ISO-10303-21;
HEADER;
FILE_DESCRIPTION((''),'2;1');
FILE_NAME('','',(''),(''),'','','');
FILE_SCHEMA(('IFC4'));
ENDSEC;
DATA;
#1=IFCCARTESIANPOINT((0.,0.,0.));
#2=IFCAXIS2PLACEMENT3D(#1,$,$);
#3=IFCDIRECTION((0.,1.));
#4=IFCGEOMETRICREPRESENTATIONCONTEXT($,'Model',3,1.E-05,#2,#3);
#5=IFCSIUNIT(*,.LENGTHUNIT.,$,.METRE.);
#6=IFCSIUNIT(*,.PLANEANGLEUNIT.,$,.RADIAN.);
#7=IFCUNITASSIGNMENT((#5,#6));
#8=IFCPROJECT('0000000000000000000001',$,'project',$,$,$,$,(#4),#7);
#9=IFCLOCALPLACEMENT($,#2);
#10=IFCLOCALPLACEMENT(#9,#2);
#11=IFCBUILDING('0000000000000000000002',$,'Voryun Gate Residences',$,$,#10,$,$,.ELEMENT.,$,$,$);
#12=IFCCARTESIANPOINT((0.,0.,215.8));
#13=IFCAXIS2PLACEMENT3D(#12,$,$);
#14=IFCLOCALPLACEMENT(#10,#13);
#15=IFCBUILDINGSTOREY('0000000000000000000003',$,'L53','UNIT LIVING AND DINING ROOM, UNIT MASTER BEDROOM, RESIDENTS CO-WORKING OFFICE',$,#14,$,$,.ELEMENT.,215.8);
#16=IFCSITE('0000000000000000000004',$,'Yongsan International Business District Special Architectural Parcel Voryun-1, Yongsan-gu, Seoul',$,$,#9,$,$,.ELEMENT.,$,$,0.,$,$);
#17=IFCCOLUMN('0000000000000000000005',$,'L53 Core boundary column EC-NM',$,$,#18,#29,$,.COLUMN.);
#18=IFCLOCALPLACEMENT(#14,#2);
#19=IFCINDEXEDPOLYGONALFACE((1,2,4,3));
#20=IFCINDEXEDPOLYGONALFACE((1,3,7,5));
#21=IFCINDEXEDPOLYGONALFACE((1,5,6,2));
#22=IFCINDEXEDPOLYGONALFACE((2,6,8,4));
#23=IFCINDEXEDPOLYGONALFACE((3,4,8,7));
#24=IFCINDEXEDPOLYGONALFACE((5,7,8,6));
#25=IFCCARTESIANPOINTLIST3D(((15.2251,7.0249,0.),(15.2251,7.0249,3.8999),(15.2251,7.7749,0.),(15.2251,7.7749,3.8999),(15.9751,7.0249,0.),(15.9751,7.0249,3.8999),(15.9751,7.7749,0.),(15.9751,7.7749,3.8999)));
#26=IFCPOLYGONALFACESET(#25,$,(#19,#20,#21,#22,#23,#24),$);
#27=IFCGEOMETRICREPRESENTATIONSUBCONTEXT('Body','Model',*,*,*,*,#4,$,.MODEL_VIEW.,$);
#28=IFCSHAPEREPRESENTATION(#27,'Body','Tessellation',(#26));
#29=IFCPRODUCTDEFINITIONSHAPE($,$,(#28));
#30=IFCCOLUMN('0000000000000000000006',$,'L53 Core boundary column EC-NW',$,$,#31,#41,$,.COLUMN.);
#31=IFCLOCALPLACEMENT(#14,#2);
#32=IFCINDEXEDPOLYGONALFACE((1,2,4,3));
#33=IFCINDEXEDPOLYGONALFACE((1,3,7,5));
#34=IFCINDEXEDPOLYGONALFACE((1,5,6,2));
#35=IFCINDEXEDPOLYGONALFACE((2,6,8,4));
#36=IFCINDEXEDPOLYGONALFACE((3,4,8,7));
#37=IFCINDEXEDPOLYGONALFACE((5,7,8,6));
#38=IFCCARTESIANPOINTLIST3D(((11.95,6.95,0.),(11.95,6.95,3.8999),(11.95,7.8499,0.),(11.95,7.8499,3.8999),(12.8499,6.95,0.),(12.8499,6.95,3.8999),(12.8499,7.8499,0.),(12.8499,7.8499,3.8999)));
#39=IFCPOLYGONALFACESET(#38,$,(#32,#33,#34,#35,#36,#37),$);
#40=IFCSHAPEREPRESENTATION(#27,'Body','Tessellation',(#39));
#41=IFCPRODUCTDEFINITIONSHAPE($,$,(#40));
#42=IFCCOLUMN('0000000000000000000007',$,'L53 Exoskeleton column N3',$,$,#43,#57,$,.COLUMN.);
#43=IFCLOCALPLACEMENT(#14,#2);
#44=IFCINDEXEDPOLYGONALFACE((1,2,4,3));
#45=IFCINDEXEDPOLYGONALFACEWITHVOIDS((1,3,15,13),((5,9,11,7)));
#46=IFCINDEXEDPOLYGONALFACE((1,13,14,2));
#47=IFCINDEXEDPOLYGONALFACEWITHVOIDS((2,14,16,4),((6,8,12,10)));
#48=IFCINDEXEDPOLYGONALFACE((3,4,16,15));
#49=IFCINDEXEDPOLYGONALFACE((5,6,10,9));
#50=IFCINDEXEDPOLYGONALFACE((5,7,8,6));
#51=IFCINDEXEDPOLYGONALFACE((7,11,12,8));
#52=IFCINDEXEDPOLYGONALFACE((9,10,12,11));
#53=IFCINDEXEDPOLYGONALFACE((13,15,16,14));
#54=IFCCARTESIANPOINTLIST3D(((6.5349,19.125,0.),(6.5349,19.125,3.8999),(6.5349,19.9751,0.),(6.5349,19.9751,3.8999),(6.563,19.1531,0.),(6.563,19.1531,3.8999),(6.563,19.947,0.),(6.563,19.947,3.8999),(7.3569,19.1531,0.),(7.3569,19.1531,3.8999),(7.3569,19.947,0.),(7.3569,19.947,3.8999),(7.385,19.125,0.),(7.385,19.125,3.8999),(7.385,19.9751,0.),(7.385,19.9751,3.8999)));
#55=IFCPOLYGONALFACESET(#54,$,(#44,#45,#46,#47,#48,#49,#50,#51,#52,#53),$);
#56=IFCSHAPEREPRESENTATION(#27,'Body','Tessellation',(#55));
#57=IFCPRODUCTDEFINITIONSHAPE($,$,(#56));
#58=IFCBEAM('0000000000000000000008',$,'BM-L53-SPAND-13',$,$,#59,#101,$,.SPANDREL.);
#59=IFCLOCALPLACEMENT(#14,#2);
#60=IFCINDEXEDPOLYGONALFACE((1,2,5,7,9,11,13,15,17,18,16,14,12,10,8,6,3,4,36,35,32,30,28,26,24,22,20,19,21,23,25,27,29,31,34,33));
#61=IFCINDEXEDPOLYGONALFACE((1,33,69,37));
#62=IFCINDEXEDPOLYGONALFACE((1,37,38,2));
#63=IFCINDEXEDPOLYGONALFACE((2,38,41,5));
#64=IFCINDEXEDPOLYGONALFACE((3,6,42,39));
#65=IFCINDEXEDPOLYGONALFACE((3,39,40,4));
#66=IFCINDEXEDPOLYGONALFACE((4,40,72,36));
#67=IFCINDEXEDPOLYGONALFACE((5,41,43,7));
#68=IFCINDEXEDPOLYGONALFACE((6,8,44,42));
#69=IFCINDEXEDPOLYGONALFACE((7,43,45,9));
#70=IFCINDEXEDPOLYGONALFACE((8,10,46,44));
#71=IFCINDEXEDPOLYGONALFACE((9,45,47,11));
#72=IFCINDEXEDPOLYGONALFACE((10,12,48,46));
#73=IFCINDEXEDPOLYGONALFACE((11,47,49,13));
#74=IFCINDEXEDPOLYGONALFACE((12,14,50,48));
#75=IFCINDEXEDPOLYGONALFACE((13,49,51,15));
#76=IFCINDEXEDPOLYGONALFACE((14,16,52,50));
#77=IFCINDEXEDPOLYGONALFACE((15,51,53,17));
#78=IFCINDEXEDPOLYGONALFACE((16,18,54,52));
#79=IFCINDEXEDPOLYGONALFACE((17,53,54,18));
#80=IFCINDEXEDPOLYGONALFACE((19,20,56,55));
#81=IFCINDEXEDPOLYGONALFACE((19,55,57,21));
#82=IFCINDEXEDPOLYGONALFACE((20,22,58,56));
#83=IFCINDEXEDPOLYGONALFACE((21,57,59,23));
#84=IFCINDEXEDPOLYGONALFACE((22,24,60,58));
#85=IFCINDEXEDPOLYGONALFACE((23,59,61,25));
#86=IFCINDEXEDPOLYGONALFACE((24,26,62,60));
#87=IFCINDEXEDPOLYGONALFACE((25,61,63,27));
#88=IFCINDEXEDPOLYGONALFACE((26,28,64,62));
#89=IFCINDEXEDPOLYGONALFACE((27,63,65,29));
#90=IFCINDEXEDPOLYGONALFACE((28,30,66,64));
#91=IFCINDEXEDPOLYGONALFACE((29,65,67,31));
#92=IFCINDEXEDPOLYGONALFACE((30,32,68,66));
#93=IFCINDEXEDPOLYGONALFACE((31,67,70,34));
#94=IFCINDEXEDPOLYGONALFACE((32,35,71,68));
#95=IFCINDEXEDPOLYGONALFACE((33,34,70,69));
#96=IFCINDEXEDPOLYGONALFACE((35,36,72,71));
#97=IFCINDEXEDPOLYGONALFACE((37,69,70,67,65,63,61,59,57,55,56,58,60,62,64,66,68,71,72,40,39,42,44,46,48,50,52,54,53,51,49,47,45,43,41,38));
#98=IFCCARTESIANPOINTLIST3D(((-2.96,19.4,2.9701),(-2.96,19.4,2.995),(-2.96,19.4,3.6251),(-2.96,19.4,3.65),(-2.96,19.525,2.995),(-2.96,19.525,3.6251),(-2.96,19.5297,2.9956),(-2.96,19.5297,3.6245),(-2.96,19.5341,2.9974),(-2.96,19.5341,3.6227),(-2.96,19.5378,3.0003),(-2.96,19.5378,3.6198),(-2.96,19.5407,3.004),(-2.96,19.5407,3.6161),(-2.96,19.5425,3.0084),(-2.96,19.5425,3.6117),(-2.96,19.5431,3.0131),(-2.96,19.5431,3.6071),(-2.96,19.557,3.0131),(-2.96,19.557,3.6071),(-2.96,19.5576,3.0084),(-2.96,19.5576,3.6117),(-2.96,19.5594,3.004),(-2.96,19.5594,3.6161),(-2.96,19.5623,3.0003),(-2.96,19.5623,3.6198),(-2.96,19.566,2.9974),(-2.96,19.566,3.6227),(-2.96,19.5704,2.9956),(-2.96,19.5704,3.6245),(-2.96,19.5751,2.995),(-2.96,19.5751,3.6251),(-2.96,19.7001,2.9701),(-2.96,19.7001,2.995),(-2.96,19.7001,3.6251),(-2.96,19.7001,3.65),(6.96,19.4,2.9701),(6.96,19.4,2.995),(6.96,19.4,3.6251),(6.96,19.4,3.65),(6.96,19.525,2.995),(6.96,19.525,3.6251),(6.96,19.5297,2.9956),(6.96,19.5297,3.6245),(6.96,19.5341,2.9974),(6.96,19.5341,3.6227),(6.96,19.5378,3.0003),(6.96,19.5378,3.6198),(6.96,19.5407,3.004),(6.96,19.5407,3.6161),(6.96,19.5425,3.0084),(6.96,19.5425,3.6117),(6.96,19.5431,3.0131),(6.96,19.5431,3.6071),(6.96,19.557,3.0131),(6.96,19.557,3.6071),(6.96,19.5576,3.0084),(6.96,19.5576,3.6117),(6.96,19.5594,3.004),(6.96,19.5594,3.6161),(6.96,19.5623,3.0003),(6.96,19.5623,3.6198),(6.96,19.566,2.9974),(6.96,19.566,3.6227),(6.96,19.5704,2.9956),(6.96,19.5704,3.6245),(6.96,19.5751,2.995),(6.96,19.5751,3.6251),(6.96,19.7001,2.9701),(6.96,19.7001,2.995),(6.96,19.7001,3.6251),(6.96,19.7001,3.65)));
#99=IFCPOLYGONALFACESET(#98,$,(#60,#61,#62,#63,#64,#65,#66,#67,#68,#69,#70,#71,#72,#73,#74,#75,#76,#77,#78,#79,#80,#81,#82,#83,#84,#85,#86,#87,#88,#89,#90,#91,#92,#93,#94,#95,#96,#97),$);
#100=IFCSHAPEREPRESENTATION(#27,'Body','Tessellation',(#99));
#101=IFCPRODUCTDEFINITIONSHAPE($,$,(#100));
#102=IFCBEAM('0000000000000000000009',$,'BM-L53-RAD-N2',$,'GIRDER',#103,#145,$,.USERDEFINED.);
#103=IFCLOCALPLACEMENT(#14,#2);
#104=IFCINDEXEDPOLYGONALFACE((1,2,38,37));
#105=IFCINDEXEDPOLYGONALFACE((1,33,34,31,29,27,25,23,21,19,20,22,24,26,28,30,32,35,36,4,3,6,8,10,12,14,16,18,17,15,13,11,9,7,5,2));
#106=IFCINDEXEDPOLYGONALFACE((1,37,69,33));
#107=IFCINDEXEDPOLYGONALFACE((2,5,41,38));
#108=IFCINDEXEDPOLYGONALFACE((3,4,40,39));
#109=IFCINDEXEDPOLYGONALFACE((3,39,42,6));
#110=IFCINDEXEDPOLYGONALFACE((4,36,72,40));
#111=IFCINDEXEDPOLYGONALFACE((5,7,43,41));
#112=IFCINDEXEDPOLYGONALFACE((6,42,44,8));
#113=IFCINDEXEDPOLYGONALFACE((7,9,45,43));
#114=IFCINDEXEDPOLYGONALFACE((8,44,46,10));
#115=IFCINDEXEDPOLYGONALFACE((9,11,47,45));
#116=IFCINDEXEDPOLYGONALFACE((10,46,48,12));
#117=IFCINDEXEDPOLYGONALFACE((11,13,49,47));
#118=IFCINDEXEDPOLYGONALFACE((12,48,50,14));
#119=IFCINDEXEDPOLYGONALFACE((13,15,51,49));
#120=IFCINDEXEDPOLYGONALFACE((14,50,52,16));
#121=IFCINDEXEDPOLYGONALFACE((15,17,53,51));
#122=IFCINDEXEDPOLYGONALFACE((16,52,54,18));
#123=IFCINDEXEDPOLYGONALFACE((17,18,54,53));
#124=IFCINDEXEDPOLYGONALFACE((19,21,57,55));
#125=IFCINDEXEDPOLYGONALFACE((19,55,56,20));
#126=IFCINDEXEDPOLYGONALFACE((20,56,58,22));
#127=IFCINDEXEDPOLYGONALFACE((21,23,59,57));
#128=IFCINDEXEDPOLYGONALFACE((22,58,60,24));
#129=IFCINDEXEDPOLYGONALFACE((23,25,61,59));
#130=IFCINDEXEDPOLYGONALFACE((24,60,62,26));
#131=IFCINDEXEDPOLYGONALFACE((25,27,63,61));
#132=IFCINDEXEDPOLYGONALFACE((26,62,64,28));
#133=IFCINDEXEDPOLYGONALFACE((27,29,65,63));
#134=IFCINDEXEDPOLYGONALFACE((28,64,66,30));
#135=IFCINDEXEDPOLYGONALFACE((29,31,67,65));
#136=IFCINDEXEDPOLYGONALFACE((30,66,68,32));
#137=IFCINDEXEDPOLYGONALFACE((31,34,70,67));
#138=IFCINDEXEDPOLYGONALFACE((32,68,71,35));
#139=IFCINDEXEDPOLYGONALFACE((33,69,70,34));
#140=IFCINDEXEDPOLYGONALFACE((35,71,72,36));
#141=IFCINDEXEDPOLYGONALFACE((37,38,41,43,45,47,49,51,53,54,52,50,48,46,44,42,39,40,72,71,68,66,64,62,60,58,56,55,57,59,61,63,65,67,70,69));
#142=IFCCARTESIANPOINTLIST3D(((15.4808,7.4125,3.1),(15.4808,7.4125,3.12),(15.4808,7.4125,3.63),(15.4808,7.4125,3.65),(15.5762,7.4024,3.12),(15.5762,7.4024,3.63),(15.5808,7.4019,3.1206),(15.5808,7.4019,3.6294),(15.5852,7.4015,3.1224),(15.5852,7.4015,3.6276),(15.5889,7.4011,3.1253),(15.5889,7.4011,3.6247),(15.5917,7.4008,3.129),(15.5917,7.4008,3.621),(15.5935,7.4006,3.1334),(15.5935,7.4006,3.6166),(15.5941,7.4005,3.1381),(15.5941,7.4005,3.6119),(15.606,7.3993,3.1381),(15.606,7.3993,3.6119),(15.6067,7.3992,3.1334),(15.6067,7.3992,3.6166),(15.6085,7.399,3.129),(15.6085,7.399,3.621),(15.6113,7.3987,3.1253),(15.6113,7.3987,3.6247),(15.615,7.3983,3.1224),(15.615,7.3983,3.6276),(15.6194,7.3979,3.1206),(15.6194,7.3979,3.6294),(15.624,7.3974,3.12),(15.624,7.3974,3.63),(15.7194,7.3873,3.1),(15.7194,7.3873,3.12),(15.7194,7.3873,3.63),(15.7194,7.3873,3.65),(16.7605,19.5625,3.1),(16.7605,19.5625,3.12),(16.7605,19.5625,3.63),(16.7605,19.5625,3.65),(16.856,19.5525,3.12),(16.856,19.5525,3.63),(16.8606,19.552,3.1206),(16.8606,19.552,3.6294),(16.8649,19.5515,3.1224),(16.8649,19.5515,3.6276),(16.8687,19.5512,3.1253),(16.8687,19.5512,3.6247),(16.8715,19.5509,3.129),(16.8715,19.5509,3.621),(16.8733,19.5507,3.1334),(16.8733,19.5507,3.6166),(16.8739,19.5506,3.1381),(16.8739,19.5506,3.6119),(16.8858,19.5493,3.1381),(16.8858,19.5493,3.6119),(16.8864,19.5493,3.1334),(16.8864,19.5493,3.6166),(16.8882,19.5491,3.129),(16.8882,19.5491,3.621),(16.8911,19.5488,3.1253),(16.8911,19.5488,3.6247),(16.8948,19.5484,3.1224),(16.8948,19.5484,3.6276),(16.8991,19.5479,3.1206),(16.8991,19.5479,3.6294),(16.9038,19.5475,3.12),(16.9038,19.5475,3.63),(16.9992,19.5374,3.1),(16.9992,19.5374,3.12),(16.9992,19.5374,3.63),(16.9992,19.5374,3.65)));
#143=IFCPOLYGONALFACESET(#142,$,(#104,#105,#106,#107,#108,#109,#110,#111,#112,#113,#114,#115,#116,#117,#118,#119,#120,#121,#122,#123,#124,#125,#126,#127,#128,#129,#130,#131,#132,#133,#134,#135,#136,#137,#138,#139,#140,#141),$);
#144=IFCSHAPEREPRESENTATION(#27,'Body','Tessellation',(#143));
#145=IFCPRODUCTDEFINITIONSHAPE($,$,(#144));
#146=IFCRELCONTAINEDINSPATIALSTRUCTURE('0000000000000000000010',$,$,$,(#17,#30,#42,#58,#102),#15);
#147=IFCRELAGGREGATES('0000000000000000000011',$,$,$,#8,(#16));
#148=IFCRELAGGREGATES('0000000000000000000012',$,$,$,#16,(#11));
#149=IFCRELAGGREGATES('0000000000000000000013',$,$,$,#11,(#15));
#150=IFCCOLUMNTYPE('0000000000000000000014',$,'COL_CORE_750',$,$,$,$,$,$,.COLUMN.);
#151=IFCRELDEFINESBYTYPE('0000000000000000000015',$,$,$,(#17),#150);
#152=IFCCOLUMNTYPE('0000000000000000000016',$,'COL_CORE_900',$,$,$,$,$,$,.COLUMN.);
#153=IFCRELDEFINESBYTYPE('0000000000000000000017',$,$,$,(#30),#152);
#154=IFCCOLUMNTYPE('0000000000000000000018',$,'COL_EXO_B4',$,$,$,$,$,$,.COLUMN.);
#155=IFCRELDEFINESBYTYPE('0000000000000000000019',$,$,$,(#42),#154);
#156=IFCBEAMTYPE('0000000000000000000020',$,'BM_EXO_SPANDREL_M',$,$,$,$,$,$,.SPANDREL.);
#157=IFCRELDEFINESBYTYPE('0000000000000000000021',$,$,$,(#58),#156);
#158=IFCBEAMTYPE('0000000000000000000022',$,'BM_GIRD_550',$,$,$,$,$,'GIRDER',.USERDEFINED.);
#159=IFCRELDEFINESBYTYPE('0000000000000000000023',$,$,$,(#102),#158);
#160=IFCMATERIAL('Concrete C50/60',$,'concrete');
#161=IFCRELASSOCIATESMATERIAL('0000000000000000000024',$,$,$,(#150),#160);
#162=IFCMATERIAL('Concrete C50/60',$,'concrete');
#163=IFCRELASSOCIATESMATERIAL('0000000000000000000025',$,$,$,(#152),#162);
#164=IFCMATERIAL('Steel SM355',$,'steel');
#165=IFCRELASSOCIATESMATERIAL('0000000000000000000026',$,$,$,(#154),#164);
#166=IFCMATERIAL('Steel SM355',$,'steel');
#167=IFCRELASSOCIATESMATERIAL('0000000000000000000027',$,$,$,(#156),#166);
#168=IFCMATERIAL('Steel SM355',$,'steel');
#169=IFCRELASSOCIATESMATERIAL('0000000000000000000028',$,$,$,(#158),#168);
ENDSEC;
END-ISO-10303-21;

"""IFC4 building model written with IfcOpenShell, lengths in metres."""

from ifc_helpers import new_model, si_unit, direction, frame, origin, origin_2d, place, context, subcontext, project, spatial, rectangle, hollow_rectangle, i_section, extrude, material, material_profile, profile_set, type_object, element, save


model = new_model("IFC4")

# Units and contexts
model_context = context("Model", 3, precision=1e-05, world=origin(), true_north=direction((0.0, 1.0)))
body_context = subcontext(model_context, "Body", "Model", "MODEL_VIEW")
ifc_project = project(units=[si_unit("LENGTHUNIT", "METRE"), si_unit("PLANEANGLEUNIT", "RADIAN")], contexts=[model_context])

# Site, building, storey
site_placement = place(None, origin())
site = spatial("IfcSite", under=ifc_project, at=site_placement, Name="Yongsan International Business District Special Architectural Parcel Voryun-1, Yongsan-gu, Seoul", CompositionType="ELEMENT", RefElevation=0.0)
building_placement = place(site_placement, origin())
building = spatial("IfcBuilding", under=site, at=building_placement, Name="Voryun Gate Residences", CompositionType="ELEMENT")
storey_placement = place(building_placement, frame((0.0, 0.0, 215.8)))
storey = spatial("IfcBuildingStorey", under=building, at=storey_placement, Name="L53", Description="UNIT LIVING AND DINING ROOM, UNIT MASTER BEDROOM, RESIDENTS CO-WORKING OFFICE", CompositionType="ELEMENT", Elevation=215.8)

# Columns
ifc_material_1 = material(Name="Concrete C50/60", Category="concrete")
ifc_material_profile_1 = material_profile(ifc_material_1, rectangle(XDim=0.75, YDim=0.75, at=origin_2d()), Name="RC-750x750")
ifc_profile_set_1 = profile_set([ifc_material_profile_1], Name="Concrete C50/60")
column_type_1 = type_object("IfcColumnType", Name="COL_CORE_750", PredefinedType="COLUMN", material=ifc_profile_set_1)
column_1_placement = place(storey_placement, frame((15.6001, 7.3999, 0.0), z_axis=(0.0, 0.0, 1.0), x_axis=(1.0, 0.0, 0.0)))
element("IfcColumn", 1, at=column_1_placement, inside=storey, type_object=column_type_1, Name="L53 Core boundary column EC-NM", PredefinedType="COLUMN", context=body_context, shape_type="SweptSolid", body=[
    extrude(rectangle(XDim=0.75, YDim=0.75, at=origin_2d()), origin(), (0.0, 0.0, 1.0), 3.8999),
])
ifc_material_2 = material(Name="Concrete C50/60", Category="concrete")
ifc_material_profile_2 = material_profile(ifc_material_2, rectangle(XDim=0.8999, YDim=0.8999, at=origin_2d()), Name="RC-900x900")
ifc_profile_set_2 = profile_set([ifc_material_profile_2], Name="Concrete C50/60")
column_type_2 = type_object("IfcColumnType", Name="COL_CORE_900", PredefinedType="COLUMN", material=ifc_profile_set_2)
column_2_placement = place(storey_placement, frame((12.3999, 7.3999, 0.0), z_axis=(0.0, 0.0, 1.0), x_axis=(1.0, 0.0, 0.0)))
element("IfcColumn", 2, at=column_2_placement, inside=storey, type_object=column_type_2, Name="L53 Core boundary column EC-NW", PredefinedType="COLUMN", context=body_context, shape_type="SweptSolid", body=[
    extrude(rectangle(XDim=0.8999, YDim=0.8999, at=origin_2d()), origin(), (0.0, 0.0, 1.0), 3.8999),
])
ifc_material_3 = material(Name="Steel SM355", Category="steel")
ifc_material_profile_3 = material_profile(ifc_material_3, hollow_rectangle(XDim=0.8501, YDim=0.8501, WallThickness=0.0281, at=origin_2d()), Name="BOX-850x850x28")
ifc_profile_set_3 = profile_set([ifc_material_profile_3], Name="Steel SM355")
column_type_3 = type_object("IfcColumnType", Name="COL_EXO_B4", PredefinedType="COLUMN", material=ifc_profile_set_3)
column_3_placement = place(storey_placement, frame((6.96, 19.55, 0.0), z_axis=(0.0, 0.0, 1.0), x_axis=(1.0, 0.0, 0.0)))
element("IfcColumn", 3, at=column_3_placement, inside=storey, type_object=column_type_3, Name="L53 Exoskeleton column N3", PredefinedType="COLUMN", context=body_context, shape_type="SweptSolid", body=[
    extrude(hollow_rectangle(XDim=0.8501, YDim=0.8501, WallThickness=0.0281, at=origin_2d()), origin(), (0.0, 0.0, 1.0), 3.8999),
])

# Beams
ifc_material_4 = material(Name="Steel SM355", Category="steel")
ifc_material_profile_4 = material_profile(ifc_material_4, i_section(OverallWidth=0.3, OverallDepth=0.6799, WebThickness=0.0139, FlangeThickness=0.0249, FilletRadius=0.0181, at=origin_2d()), Name="H-680x300x14x25")
ifc_profile_set_4 = profile_set([ifc_material_profile_4], Name="Steel SM355")
beam_type_1 = type_object("IfcBeamType", Name="BM_EXO_SPANDREL_M", PredefinedType="SPANDREL", material=ifc_profile_set_4)
beam_1_placement = place(storey_placement, frame((6.96, 19.55, 3.3101), z_axis=(-1.0, 0.0, 0.0), x_axis=(0.0, -1.0, 0.0)))
element("IfcBeam", 4, at=beam_1_placement, inside=storey, type_object=beam_type_1, Name="BM-L53-SPAND-13", PredefinedType="SPANDREL", context=body_context, shape_type="SweptSolid", body=[
    extrude(i_section(OverallWidth=0.3, OverallDepth=0.6799, WebThickness=0.0139, FlangeThickness=0.0249, FilletRadius=0.0181, at=origin_2d()), origin(), (0.0, 0.0, 1.0), 9.9199),
])
ifc_material_5 = material(Name="Steel SM355", Category="steel")
ifc_material_profile_5 = material_profile(ifc_material_5, i_section(OverallWidth=0.24, OverallDepth=0.55, WebThickness=0.012, FlangeThickness=0.02, FilletRadius=0.0181, at=origin_2d()), Name="H-550x240x12x20")
ifc_profile_set_5 = profile_set([ifc_material_profile_5], Name="Steel SM355")
beam_type_2 = type_object("IfcBeamType", Name="BM_GIRD_550", ElementType="GIRDER", PredefinedType="USERDEFINED", material=ifc_profile_set_5)
beam_2_placement = place(storey_placement, frame((15.6001, 7.3999, 3.375), z_axis=(0.104751, 0.994498, 0.0), x_axis=(-0.994498, 0.104751, 0.0)))
element("IfcBeam", 5, at=beam_2_placement, inside=storey, type_object=beam_type_2, Name="BM-L53-RAD-N2", ObjectType="GIRDER", PredefinedType="USERDEFINED", context=body_context, shape_type="SweptSolid", body=[
    extrude(i_section(OverallWidth=0.24, OverallDepth=0.55, WebThickness=0.012, FlangeThickness=0.02, FilletRadius=0.0181, at=origin_2d()), origin(), (0.0, 0.0, 1.0), 12.2173),
])

save(model, "model.ifc")
